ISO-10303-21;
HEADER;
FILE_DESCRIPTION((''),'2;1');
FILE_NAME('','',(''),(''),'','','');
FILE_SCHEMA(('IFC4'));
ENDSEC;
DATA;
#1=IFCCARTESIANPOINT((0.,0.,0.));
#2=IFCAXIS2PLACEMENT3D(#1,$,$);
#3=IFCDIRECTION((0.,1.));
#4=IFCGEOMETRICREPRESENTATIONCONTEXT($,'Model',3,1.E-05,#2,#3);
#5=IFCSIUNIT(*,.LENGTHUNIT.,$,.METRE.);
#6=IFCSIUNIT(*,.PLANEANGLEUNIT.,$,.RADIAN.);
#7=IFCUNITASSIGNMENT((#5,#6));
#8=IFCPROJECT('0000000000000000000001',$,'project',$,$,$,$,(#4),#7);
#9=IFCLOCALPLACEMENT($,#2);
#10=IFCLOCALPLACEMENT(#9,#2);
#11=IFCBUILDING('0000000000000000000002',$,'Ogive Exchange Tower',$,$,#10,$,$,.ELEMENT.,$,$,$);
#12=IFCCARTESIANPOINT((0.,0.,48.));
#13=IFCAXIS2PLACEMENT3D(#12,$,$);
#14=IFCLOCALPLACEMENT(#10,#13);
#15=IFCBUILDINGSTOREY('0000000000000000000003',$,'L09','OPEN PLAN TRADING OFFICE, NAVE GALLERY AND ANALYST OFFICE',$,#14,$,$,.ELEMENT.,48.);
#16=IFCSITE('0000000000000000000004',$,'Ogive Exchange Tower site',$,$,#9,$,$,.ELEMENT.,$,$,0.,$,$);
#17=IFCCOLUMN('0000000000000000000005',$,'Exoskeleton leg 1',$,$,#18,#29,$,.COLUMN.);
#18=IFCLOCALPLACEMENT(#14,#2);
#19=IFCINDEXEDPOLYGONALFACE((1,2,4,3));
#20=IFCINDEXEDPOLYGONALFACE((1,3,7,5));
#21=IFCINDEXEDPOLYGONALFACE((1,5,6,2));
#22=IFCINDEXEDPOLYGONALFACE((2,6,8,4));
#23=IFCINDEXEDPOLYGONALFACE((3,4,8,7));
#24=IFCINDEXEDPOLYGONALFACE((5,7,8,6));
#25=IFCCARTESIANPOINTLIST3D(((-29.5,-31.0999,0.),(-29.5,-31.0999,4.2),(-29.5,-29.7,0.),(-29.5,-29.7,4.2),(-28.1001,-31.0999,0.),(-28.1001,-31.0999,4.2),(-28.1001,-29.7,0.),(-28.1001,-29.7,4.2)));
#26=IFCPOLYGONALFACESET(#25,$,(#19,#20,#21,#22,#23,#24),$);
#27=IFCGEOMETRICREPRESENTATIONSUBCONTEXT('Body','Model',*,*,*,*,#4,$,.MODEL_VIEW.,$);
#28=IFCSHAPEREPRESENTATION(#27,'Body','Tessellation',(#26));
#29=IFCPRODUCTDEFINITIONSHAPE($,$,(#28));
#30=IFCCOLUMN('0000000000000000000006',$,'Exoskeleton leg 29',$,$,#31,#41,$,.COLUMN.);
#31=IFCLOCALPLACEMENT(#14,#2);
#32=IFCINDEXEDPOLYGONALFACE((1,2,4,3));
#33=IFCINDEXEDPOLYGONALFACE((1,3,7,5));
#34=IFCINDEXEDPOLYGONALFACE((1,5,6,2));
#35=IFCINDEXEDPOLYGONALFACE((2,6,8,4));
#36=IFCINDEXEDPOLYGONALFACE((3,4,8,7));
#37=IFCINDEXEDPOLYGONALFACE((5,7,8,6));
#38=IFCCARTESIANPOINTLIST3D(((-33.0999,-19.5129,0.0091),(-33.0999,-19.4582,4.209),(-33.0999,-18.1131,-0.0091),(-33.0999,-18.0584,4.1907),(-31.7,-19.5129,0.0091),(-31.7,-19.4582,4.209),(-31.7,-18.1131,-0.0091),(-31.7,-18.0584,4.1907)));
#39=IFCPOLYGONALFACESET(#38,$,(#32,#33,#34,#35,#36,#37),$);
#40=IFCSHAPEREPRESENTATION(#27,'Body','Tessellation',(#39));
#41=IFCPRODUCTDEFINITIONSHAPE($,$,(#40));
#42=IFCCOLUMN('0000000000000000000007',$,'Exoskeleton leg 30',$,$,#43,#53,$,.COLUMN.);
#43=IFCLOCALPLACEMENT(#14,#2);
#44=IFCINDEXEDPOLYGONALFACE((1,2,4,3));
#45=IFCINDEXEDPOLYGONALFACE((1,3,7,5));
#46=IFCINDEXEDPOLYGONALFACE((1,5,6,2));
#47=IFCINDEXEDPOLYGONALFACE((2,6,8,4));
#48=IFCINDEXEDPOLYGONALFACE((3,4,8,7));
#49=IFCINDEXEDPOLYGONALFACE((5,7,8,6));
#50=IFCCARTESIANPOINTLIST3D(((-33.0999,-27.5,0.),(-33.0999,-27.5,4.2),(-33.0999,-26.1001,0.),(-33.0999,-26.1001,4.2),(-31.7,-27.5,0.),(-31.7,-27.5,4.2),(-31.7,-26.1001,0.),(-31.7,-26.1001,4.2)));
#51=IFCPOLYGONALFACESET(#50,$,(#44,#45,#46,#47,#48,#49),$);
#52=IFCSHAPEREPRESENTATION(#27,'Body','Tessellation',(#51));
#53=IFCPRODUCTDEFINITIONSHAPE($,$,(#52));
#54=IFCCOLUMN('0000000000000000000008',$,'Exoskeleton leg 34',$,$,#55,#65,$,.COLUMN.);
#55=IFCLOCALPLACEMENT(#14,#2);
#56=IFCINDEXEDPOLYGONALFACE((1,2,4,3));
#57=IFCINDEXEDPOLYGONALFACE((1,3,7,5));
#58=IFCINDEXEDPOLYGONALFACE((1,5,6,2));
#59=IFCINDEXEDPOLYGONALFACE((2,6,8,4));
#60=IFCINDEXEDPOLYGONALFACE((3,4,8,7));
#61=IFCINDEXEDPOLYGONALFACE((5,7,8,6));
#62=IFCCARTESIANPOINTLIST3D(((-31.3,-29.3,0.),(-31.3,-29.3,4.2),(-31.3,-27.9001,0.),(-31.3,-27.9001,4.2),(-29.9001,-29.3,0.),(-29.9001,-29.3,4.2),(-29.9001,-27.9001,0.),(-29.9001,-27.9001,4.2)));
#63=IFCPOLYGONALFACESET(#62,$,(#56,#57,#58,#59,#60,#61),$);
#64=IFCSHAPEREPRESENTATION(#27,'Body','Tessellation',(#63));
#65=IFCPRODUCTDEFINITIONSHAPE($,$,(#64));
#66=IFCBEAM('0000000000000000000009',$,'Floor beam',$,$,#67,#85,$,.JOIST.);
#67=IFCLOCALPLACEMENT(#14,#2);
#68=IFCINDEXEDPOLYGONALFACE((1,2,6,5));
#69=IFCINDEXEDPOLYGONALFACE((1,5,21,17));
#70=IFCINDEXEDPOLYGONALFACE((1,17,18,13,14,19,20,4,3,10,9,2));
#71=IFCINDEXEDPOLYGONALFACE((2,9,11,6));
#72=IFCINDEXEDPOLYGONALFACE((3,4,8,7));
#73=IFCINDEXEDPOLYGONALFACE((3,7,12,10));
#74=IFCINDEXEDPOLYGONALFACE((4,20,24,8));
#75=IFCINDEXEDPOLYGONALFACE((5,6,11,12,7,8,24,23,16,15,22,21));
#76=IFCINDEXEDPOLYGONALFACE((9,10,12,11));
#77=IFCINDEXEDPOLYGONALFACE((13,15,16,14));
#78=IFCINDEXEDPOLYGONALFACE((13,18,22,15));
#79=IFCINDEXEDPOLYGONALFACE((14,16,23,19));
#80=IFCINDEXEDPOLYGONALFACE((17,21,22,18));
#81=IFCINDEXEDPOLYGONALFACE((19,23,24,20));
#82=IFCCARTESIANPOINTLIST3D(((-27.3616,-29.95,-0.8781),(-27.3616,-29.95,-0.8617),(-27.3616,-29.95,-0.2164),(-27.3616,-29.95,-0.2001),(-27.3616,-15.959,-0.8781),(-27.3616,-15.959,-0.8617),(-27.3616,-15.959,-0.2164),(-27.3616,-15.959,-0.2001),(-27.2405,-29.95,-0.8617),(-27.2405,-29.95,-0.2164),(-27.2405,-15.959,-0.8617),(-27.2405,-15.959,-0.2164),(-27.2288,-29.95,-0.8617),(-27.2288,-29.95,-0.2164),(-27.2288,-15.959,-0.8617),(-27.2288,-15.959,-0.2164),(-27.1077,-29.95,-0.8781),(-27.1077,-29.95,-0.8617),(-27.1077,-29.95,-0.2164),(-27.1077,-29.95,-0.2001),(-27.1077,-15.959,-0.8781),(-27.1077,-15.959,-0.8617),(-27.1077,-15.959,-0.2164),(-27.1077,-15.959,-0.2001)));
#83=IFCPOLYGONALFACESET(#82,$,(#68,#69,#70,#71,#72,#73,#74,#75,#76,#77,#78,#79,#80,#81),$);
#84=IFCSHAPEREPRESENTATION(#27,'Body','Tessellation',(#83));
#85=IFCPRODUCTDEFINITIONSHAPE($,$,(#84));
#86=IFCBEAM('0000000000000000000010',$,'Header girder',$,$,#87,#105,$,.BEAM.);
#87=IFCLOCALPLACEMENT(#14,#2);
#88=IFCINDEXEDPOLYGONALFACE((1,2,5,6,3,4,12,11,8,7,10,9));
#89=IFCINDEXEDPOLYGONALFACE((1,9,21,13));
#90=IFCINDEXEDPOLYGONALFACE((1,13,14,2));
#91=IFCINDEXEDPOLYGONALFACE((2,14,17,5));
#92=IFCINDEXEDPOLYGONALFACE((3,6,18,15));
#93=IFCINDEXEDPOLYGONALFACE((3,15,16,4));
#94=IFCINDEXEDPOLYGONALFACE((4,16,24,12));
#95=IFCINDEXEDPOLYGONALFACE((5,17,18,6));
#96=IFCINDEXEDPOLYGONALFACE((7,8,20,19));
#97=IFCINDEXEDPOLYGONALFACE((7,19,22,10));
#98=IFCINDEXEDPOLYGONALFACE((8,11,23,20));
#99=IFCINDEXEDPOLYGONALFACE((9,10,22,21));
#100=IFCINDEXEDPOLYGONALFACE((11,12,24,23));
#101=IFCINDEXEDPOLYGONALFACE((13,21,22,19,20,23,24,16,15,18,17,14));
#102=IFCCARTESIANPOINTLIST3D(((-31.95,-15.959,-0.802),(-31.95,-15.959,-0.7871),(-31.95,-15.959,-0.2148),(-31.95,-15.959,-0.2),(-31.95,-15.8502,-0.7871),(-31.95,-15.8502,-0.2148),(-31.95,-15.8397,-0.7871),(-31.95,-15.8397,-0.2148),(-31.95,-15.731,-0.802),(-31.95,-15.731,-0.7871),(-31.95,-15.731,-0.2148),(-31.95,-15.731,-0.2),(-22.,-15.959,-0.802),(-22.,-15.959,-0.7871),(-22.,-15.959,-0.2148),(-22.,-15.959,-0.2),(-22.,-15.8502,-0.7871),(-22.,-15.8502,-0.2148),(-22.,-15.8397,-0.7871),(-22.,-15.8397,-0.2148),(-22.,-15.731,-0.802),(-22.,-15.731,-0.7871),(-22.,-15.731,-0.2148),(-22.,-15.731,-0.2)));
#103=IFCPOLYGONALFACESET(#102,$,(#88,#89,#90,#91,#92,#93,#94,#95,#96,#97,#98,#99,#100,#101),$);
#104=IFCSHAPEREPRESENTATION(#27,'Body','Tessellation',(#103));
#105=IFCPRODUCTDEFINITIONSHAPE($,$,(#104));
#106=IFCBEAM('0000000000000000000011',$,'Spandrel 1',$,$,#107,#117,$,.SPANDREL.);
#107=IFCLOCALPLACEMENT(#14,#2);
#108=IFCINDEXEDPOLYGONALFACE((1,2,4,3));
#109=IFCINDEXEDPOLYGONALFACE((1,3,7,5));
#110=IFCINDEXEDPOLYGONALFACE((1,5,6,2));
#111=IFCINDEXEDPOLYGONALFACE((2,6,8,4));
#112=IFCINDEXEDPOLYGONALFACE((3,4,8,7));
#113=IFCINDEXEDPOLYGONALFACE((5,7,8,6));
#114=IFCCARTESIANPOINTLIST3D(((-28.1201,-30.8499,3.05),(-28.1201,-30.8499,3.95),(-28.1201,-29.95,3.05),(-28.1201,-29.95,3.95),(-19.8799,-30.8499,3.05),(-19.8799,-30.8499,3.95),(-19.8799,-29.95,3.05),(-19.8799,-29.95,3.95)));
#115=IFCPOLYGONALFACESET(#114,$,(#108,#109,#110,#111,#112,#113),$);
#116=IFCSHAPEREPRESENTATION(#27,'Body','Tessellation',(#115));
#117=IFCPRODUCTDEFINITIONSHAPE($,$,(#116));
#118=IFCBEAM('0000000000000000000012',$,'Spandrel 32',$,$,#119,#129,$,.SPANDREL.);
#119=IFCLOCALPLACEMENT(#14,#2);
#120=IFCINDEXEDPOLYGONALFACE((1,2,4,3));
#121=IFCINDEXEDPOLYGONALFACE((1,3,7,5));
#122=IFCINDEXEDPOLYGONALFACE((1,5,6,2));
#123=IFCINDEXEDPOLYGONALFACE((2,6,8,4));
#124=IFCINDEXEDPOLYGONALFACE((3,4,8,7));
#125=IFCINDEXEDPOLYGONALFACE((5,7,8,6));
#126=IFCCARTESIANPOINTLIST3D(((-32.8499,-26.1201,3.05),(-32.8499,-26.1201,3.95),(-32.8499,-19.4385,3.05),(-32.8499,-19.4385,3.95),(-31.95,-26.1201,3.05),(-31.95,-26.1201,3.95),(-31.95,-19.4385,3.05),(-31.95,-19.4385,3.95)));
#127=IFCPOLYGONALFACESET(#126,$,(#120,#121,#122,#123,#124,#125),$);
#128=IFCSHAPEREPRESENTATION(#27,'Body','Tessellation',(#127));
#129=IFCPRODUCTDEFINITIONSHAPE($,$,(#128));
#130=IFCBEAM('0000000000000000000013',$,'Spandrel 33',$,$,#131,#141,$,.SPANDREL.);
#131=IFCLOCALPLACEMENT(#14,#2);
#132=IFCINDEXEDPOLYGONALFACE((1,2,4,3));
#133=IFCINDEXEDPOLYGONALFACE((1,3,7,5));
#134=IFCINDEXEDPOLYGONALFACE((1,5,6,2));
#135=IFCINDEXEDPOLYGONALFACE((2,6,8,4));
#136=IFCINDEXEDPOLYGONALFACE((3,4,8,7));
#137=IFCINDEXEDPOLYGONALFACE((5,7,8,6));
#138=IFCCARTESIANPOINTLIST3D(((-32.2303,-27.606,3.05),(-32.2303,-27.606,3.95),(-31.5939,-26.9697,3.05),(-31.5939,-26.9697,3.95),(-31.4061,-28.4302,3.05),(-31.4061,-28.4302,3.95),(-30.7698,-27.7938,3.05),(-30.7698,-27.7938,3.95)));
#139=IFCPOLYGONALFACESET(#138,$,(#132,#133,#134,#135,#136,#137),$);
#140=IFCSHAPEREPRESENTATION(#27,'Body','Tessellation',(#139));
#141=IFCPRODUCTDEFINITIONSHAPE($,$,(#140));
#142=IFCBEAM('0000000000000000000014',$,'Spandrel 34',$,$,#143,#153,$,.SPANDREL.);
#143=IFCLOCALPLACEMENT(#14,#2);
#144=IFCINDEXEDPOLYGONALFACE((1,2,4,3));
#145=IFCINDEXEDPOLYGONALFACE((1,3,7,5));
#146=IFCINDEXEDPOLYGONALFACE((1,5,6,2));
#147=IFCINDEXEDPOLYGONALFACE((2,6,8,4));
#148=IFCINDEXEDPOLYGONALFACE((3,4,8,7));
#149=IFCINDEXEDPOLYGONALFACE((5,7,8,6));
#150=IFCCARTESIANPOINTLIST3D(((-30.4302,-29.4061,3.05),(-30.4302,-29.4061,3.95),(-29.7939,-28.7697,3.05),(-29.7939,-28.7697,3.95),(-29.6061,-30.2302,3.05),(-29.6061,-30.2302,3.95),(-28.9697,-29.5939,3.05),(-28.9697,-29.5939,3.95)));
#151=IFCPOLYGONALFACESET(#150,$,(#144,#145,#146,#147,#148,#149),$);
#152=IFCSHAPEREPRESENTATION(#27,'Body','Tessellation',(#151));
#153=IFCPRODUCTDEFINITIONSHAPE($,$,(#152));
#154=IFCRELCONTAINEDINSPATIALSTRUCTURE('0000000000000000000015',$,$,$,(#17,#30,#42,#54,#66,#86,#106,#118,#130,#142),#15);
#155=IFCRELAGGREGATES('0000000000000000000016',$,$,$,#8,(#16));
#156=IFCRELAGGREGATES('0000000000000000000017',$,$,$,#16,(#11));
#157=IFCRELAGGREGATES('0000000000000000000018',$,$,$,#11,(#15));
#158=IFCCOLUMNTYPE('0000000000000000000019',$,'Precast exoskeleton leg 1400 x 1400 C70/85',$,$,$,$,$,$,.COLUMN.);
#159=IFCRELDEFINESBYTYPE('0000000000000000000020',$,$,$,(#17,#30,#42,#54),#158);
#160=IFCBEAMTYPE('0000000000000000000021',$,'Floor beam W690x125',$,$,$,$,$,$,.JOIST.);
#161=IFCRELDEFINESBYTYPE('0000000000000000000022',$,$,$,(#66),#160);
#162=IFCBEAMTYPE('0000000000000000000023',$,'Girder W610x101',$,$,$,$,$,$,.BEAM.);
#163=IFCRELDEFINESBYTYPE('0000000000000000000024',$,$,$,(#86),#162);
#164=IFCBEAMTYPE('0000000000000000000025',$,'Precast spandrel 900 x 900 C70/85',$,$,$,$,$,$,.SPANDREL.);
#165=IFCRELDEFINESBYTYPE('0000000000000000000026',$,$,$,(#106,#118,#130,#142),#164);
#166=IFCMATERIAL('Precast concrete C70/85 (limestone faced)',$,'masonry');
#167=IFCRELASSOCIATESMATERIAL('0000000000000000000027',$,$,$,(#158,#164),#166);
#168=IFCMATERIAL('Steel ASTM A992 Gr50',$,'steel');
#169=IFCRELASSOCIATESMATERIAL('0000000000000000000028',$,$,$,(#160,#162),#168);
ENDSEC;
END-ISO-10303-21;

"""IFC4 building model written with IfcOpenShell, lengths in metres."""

from ifc_helpers import new_model, si_unit, direction, frame, origin, origin_2d, place, context, subcontext, project, spatial, rectangle, i_section, extrude, material, material_profile, profile_set, type_object, element, save


model = new_model("IFC4")

# Units and contexts
model_context = context("Model", 3, precision=1e-05, world=origin(), true_north=direction((0.0, 1.0)))
body_context = subcontext(model_context, "Body", "Model", "MODEL_VIEW")
ifc_project = project(units=[si_unit("LENGTHUNIT", "METRE"), si_unit("PLANEANGLEUNIT", "RADIAN")], contexts=[model_context])

# Site, building, storey
site_placement = place(None, origin())
site = spatial("IfcSite", under=ifc_project, at=site_placement, Name="Ogive Exchange Tower site", CompositionType="ELEMENT", RefElevation=0.0)
building_placement = place(site_placement, origin())
building = spatial("IfcBuilding", under=site, at=building_placement, Name="Ogive Exchange Tower", CompositionType="ELEMENT")
storey_placement = place(building_placement, frame((0.0, 0.0, 48.0)))
storey = spatial("IfcBuildingStorey", under=building, at=storey_placement, Name="L09", Description="OPEN PLAN TRADING OFFICE, NAVE GALLERY AND ANALYST OFFICE", CompositionType="ELEMENT", Elevation=48.0)

# Columns
ifc_material_1 = material(Name="Precast concrete C70/85 (limestone faced)", Category="masonry")
ifc_material_profile_1 = material_profile(ifc_material_1, rectangle(XDim=1.3999, YDim=1.3999, at=origin_2d()), Name="1400 x 1400")
ifc_profile_set_1 = profile_set([ifc_material_profile_1], Name="Precast concrete C70/85 (limestone faced)")
column_type = type_object("IfcColumnType", Name="Precast exoskeleton leg 1400 x 1400 C70/85", PredefinedType="COLUMN", material=ifc_profile_set_1)
column_1_placement = place(storey_placement, frame((-28.8, -30.3999, 0.0), z_axis=(0.0, 0.0, 1.0), x_axis=(1.0, 0.0, 0.0)))
element("IfcColumn", 1, at=column_1_placement, inside=storey, type_object=column_type, Name="Exoskeleton leg 1", PredefinedType="COLUMN", context=body_context, shape_type="SweptSolid", body=[
    extrude(rectangle(XDim=1.3999, YDim=1.3999, at=origin_2d()), origin(), (0.0, 0.0, 1.0), 4.2),
])
column_2_placement = place(storey_placement, frame((-32.3999, -18.813, 0.0), z_axis=(0.0, 0.01302, 0.999915), x_axis=(-1.0, 0.0, 0.0)))
element("IfcColumn", 2, at=column_2_placement, inside=storey, type_object=column_type, Name="Exoskeleton leg 29", PredefinedType="COLUMN", context=body_context, shape_type="SweptSolid", body=[
    extrude(rectangle(XDim=1.3999, YDim=1.3999, at=origin_2d()), origin(), (0.0, 0.0, 1.0), 4.2002),
])
for number, where, z_axis, x_axis, name in (
    (3, (-32.3999, -26.8, 0.0), (0.0, 0.0, 1.0), (1.0, 0.0, 0.0), "Exoskeleton leg 30"),
    (4, (-30.6001, -28.6001, 0.0), (0.0, 0.0, 1.0), (1.0, 0.0, 0.0), "Exoskeleton leg 34"),
):
    element("IfcColumn", number, at=place(storey_placement, frame(where, z_axis=z_axis, x_axis=x_axis)), inside=storey, type_object=column_type, Name=name, PredefinedType="COLUMN", context=body_context, shape_type="SweptSolid", body=[
        extrude(rectangle(XDim=1.3999, YDim=1.3999, at=origin_2d()), origin(), (0.0, 0.0, 1.0), 4.2),
    ])

# Beams
ifc_material_2 = material(Name="Steel ASTM A992 Gr50", Category="steel")
ifc_material_profile_2 = material_profile(ifc_material_2, i_section(OverallWidth=0.2539, OverallDepth=0.678, WebThickness=0.0117, FlangeThickness=0.0164, at=origin_2d()), Name="W690x125")
ifc_profile_set_2 = profile_set([ifc_material_profile_2], Name="Steel ASTM A992 Gr50")
beam_type_1 = type_object("IfcBeamType", Name="Floor beam W690x125", PredefinedType="JOIST", material=ifc_profile_set_2)
beam_1_placement = place(storey_placement, frame((-27.2346, -29.95, -0.5391), z_axis=(0.0, 1.0, 0.0), x_axis=(-1.0, 0.0, 0.0)))
element("IfcBeam", 5, at=beam_1_placement, inside=storey, type_object=beam_type_1, Name="Floor beam", PredefinedType="JOIST", context=body_context, shape_type="SweptSolid", body=[
    extrude(i_section(OverallWidth=0.2539, OverallDepth=0.678, WebThickness=0.0117, FlangeThickness=0.0164, at=origin_2d()), origin(), (0.0, 0.0, 1.0), 13.991),
])
ifc_material_profile_3 = material_profile(ifc_material_2, i_section(OverallWidth=0.228, OverallDepth=0.6021, WebThickness=0.0105, FlangeThickness=0.0149, at=origin_2d()), Name="W610x101")
ifc_profile_set_3 = profile_set([ifc_material_profile_3], Name="Steel ASTM A992 Gr50")
beam_type_2 = type_object("IfcBeamType", Name="Girder W610x101", PredefinedType="BEAM", material=ifc_profile_set_3)
beam_2_placement = place(storey_placement, frame((-31.95, -15.845, -0.501), z_axis=(1.0, 0.0, 0.0), x_axis=(0.0, 1.0, 0.0)))
element("IfcBeam", 6, at=beam_2_placement, inside=storey, type_object=beam_type_2, Name="Header girder", PredefinedType="BEAM", context=body_context, shape_type="SweptSolid", body=[
    extrude(i_section(OverallWidth=0.228, OverallDepth=0.6021, WebThickness=0.0105, FlangeThickness=0.0149, at=origin_2d()), origin(), (0.0, 0.0, 1.0), 9.95),
])
ifc_material_profile_4 = material_profile(ifc_material_1, rectangle(XDim=0.8999, YDim=0.8999, at=origin_2d()), Name="900 x 900")
ifc_profile_set_4 = profile_set([ifc_material_profile_4], Name="Precast concrete C70/85 (limestone faced)")
beam_type_3 = type_object("IfcBeamType", Name="Precast spandrel 900 x 900 C70/85", PredefinedType="SPANDREL", material=ifc_profile_set_4)
beam_3_placement = place(storey_placement, frame((-28.1201, -30.3999, 3.5), z_axis=(1.0, 0.0, 0.0), x_axis=(0.0, 1.0, 0.0)))
element("IfcBeam", 7, at=beam_3_placement, inside=storey, type_object=beam_type_3, Name="Spandrel 1", PredefinedType="SPANDREL", context=body_context, shape_type="SweptSolid", body=[
    extrude(rectangle(XDim=0.8999, YDim=0.8999, at=origin_2d()), origin(), (0.0, 0.0, 1.0), 8.2402),
])
beam_4_placement = place(storey_placement, frame((-32.3999, -19.4385, 3.5), z_axis=(0.0, -1.0, 0.0), x_axis=(1.0, 0.0, 0.0)))
element("IfcBeam", 8, at=beam_4_placement, inside=storey, type_object=beam_type_3, Name="Spandrel 32", PredefinedType="SPANDREL", context=body_context, shape_type="SweptSolid", body=[
    extrude(rectangle(XDim=0.8999, YDim=0.8999, at=origin_2d()), origin(), (0.0, 0.0, 1.0), 6.6816),
])
for number, where, z_axis, x_axis, name in (
    (9, (-31.9121, -27.2878, 3.5), (0.707107, -0.707107, 0.0), (0.707107, 0.707107, 0.0), "Spandrel 33"),
    (10, (-30.1121, -29.0879, 3.5), (0.707107, -0.707107, 0.0), (0.707107, 0.707107, 0.0), "Spandrel 34"),
):
    element("IfcBeam", number, at=place(storey_placement, frame(where, z_axis=z_axis, x_axis=x_axis)), inside=storey, type_object=beam_type_3, Name=name, PredefinedType="SPANDREL", context=body_context, shape_type="SweptSolid", body=[
        extrude(rectangle(XDim=0.8999, YDim=0.8999, at=origin_2d()), origin(), (0.0, 0.0, 1.0), 1.1655),
    ])

save(model, "model.ifc")
